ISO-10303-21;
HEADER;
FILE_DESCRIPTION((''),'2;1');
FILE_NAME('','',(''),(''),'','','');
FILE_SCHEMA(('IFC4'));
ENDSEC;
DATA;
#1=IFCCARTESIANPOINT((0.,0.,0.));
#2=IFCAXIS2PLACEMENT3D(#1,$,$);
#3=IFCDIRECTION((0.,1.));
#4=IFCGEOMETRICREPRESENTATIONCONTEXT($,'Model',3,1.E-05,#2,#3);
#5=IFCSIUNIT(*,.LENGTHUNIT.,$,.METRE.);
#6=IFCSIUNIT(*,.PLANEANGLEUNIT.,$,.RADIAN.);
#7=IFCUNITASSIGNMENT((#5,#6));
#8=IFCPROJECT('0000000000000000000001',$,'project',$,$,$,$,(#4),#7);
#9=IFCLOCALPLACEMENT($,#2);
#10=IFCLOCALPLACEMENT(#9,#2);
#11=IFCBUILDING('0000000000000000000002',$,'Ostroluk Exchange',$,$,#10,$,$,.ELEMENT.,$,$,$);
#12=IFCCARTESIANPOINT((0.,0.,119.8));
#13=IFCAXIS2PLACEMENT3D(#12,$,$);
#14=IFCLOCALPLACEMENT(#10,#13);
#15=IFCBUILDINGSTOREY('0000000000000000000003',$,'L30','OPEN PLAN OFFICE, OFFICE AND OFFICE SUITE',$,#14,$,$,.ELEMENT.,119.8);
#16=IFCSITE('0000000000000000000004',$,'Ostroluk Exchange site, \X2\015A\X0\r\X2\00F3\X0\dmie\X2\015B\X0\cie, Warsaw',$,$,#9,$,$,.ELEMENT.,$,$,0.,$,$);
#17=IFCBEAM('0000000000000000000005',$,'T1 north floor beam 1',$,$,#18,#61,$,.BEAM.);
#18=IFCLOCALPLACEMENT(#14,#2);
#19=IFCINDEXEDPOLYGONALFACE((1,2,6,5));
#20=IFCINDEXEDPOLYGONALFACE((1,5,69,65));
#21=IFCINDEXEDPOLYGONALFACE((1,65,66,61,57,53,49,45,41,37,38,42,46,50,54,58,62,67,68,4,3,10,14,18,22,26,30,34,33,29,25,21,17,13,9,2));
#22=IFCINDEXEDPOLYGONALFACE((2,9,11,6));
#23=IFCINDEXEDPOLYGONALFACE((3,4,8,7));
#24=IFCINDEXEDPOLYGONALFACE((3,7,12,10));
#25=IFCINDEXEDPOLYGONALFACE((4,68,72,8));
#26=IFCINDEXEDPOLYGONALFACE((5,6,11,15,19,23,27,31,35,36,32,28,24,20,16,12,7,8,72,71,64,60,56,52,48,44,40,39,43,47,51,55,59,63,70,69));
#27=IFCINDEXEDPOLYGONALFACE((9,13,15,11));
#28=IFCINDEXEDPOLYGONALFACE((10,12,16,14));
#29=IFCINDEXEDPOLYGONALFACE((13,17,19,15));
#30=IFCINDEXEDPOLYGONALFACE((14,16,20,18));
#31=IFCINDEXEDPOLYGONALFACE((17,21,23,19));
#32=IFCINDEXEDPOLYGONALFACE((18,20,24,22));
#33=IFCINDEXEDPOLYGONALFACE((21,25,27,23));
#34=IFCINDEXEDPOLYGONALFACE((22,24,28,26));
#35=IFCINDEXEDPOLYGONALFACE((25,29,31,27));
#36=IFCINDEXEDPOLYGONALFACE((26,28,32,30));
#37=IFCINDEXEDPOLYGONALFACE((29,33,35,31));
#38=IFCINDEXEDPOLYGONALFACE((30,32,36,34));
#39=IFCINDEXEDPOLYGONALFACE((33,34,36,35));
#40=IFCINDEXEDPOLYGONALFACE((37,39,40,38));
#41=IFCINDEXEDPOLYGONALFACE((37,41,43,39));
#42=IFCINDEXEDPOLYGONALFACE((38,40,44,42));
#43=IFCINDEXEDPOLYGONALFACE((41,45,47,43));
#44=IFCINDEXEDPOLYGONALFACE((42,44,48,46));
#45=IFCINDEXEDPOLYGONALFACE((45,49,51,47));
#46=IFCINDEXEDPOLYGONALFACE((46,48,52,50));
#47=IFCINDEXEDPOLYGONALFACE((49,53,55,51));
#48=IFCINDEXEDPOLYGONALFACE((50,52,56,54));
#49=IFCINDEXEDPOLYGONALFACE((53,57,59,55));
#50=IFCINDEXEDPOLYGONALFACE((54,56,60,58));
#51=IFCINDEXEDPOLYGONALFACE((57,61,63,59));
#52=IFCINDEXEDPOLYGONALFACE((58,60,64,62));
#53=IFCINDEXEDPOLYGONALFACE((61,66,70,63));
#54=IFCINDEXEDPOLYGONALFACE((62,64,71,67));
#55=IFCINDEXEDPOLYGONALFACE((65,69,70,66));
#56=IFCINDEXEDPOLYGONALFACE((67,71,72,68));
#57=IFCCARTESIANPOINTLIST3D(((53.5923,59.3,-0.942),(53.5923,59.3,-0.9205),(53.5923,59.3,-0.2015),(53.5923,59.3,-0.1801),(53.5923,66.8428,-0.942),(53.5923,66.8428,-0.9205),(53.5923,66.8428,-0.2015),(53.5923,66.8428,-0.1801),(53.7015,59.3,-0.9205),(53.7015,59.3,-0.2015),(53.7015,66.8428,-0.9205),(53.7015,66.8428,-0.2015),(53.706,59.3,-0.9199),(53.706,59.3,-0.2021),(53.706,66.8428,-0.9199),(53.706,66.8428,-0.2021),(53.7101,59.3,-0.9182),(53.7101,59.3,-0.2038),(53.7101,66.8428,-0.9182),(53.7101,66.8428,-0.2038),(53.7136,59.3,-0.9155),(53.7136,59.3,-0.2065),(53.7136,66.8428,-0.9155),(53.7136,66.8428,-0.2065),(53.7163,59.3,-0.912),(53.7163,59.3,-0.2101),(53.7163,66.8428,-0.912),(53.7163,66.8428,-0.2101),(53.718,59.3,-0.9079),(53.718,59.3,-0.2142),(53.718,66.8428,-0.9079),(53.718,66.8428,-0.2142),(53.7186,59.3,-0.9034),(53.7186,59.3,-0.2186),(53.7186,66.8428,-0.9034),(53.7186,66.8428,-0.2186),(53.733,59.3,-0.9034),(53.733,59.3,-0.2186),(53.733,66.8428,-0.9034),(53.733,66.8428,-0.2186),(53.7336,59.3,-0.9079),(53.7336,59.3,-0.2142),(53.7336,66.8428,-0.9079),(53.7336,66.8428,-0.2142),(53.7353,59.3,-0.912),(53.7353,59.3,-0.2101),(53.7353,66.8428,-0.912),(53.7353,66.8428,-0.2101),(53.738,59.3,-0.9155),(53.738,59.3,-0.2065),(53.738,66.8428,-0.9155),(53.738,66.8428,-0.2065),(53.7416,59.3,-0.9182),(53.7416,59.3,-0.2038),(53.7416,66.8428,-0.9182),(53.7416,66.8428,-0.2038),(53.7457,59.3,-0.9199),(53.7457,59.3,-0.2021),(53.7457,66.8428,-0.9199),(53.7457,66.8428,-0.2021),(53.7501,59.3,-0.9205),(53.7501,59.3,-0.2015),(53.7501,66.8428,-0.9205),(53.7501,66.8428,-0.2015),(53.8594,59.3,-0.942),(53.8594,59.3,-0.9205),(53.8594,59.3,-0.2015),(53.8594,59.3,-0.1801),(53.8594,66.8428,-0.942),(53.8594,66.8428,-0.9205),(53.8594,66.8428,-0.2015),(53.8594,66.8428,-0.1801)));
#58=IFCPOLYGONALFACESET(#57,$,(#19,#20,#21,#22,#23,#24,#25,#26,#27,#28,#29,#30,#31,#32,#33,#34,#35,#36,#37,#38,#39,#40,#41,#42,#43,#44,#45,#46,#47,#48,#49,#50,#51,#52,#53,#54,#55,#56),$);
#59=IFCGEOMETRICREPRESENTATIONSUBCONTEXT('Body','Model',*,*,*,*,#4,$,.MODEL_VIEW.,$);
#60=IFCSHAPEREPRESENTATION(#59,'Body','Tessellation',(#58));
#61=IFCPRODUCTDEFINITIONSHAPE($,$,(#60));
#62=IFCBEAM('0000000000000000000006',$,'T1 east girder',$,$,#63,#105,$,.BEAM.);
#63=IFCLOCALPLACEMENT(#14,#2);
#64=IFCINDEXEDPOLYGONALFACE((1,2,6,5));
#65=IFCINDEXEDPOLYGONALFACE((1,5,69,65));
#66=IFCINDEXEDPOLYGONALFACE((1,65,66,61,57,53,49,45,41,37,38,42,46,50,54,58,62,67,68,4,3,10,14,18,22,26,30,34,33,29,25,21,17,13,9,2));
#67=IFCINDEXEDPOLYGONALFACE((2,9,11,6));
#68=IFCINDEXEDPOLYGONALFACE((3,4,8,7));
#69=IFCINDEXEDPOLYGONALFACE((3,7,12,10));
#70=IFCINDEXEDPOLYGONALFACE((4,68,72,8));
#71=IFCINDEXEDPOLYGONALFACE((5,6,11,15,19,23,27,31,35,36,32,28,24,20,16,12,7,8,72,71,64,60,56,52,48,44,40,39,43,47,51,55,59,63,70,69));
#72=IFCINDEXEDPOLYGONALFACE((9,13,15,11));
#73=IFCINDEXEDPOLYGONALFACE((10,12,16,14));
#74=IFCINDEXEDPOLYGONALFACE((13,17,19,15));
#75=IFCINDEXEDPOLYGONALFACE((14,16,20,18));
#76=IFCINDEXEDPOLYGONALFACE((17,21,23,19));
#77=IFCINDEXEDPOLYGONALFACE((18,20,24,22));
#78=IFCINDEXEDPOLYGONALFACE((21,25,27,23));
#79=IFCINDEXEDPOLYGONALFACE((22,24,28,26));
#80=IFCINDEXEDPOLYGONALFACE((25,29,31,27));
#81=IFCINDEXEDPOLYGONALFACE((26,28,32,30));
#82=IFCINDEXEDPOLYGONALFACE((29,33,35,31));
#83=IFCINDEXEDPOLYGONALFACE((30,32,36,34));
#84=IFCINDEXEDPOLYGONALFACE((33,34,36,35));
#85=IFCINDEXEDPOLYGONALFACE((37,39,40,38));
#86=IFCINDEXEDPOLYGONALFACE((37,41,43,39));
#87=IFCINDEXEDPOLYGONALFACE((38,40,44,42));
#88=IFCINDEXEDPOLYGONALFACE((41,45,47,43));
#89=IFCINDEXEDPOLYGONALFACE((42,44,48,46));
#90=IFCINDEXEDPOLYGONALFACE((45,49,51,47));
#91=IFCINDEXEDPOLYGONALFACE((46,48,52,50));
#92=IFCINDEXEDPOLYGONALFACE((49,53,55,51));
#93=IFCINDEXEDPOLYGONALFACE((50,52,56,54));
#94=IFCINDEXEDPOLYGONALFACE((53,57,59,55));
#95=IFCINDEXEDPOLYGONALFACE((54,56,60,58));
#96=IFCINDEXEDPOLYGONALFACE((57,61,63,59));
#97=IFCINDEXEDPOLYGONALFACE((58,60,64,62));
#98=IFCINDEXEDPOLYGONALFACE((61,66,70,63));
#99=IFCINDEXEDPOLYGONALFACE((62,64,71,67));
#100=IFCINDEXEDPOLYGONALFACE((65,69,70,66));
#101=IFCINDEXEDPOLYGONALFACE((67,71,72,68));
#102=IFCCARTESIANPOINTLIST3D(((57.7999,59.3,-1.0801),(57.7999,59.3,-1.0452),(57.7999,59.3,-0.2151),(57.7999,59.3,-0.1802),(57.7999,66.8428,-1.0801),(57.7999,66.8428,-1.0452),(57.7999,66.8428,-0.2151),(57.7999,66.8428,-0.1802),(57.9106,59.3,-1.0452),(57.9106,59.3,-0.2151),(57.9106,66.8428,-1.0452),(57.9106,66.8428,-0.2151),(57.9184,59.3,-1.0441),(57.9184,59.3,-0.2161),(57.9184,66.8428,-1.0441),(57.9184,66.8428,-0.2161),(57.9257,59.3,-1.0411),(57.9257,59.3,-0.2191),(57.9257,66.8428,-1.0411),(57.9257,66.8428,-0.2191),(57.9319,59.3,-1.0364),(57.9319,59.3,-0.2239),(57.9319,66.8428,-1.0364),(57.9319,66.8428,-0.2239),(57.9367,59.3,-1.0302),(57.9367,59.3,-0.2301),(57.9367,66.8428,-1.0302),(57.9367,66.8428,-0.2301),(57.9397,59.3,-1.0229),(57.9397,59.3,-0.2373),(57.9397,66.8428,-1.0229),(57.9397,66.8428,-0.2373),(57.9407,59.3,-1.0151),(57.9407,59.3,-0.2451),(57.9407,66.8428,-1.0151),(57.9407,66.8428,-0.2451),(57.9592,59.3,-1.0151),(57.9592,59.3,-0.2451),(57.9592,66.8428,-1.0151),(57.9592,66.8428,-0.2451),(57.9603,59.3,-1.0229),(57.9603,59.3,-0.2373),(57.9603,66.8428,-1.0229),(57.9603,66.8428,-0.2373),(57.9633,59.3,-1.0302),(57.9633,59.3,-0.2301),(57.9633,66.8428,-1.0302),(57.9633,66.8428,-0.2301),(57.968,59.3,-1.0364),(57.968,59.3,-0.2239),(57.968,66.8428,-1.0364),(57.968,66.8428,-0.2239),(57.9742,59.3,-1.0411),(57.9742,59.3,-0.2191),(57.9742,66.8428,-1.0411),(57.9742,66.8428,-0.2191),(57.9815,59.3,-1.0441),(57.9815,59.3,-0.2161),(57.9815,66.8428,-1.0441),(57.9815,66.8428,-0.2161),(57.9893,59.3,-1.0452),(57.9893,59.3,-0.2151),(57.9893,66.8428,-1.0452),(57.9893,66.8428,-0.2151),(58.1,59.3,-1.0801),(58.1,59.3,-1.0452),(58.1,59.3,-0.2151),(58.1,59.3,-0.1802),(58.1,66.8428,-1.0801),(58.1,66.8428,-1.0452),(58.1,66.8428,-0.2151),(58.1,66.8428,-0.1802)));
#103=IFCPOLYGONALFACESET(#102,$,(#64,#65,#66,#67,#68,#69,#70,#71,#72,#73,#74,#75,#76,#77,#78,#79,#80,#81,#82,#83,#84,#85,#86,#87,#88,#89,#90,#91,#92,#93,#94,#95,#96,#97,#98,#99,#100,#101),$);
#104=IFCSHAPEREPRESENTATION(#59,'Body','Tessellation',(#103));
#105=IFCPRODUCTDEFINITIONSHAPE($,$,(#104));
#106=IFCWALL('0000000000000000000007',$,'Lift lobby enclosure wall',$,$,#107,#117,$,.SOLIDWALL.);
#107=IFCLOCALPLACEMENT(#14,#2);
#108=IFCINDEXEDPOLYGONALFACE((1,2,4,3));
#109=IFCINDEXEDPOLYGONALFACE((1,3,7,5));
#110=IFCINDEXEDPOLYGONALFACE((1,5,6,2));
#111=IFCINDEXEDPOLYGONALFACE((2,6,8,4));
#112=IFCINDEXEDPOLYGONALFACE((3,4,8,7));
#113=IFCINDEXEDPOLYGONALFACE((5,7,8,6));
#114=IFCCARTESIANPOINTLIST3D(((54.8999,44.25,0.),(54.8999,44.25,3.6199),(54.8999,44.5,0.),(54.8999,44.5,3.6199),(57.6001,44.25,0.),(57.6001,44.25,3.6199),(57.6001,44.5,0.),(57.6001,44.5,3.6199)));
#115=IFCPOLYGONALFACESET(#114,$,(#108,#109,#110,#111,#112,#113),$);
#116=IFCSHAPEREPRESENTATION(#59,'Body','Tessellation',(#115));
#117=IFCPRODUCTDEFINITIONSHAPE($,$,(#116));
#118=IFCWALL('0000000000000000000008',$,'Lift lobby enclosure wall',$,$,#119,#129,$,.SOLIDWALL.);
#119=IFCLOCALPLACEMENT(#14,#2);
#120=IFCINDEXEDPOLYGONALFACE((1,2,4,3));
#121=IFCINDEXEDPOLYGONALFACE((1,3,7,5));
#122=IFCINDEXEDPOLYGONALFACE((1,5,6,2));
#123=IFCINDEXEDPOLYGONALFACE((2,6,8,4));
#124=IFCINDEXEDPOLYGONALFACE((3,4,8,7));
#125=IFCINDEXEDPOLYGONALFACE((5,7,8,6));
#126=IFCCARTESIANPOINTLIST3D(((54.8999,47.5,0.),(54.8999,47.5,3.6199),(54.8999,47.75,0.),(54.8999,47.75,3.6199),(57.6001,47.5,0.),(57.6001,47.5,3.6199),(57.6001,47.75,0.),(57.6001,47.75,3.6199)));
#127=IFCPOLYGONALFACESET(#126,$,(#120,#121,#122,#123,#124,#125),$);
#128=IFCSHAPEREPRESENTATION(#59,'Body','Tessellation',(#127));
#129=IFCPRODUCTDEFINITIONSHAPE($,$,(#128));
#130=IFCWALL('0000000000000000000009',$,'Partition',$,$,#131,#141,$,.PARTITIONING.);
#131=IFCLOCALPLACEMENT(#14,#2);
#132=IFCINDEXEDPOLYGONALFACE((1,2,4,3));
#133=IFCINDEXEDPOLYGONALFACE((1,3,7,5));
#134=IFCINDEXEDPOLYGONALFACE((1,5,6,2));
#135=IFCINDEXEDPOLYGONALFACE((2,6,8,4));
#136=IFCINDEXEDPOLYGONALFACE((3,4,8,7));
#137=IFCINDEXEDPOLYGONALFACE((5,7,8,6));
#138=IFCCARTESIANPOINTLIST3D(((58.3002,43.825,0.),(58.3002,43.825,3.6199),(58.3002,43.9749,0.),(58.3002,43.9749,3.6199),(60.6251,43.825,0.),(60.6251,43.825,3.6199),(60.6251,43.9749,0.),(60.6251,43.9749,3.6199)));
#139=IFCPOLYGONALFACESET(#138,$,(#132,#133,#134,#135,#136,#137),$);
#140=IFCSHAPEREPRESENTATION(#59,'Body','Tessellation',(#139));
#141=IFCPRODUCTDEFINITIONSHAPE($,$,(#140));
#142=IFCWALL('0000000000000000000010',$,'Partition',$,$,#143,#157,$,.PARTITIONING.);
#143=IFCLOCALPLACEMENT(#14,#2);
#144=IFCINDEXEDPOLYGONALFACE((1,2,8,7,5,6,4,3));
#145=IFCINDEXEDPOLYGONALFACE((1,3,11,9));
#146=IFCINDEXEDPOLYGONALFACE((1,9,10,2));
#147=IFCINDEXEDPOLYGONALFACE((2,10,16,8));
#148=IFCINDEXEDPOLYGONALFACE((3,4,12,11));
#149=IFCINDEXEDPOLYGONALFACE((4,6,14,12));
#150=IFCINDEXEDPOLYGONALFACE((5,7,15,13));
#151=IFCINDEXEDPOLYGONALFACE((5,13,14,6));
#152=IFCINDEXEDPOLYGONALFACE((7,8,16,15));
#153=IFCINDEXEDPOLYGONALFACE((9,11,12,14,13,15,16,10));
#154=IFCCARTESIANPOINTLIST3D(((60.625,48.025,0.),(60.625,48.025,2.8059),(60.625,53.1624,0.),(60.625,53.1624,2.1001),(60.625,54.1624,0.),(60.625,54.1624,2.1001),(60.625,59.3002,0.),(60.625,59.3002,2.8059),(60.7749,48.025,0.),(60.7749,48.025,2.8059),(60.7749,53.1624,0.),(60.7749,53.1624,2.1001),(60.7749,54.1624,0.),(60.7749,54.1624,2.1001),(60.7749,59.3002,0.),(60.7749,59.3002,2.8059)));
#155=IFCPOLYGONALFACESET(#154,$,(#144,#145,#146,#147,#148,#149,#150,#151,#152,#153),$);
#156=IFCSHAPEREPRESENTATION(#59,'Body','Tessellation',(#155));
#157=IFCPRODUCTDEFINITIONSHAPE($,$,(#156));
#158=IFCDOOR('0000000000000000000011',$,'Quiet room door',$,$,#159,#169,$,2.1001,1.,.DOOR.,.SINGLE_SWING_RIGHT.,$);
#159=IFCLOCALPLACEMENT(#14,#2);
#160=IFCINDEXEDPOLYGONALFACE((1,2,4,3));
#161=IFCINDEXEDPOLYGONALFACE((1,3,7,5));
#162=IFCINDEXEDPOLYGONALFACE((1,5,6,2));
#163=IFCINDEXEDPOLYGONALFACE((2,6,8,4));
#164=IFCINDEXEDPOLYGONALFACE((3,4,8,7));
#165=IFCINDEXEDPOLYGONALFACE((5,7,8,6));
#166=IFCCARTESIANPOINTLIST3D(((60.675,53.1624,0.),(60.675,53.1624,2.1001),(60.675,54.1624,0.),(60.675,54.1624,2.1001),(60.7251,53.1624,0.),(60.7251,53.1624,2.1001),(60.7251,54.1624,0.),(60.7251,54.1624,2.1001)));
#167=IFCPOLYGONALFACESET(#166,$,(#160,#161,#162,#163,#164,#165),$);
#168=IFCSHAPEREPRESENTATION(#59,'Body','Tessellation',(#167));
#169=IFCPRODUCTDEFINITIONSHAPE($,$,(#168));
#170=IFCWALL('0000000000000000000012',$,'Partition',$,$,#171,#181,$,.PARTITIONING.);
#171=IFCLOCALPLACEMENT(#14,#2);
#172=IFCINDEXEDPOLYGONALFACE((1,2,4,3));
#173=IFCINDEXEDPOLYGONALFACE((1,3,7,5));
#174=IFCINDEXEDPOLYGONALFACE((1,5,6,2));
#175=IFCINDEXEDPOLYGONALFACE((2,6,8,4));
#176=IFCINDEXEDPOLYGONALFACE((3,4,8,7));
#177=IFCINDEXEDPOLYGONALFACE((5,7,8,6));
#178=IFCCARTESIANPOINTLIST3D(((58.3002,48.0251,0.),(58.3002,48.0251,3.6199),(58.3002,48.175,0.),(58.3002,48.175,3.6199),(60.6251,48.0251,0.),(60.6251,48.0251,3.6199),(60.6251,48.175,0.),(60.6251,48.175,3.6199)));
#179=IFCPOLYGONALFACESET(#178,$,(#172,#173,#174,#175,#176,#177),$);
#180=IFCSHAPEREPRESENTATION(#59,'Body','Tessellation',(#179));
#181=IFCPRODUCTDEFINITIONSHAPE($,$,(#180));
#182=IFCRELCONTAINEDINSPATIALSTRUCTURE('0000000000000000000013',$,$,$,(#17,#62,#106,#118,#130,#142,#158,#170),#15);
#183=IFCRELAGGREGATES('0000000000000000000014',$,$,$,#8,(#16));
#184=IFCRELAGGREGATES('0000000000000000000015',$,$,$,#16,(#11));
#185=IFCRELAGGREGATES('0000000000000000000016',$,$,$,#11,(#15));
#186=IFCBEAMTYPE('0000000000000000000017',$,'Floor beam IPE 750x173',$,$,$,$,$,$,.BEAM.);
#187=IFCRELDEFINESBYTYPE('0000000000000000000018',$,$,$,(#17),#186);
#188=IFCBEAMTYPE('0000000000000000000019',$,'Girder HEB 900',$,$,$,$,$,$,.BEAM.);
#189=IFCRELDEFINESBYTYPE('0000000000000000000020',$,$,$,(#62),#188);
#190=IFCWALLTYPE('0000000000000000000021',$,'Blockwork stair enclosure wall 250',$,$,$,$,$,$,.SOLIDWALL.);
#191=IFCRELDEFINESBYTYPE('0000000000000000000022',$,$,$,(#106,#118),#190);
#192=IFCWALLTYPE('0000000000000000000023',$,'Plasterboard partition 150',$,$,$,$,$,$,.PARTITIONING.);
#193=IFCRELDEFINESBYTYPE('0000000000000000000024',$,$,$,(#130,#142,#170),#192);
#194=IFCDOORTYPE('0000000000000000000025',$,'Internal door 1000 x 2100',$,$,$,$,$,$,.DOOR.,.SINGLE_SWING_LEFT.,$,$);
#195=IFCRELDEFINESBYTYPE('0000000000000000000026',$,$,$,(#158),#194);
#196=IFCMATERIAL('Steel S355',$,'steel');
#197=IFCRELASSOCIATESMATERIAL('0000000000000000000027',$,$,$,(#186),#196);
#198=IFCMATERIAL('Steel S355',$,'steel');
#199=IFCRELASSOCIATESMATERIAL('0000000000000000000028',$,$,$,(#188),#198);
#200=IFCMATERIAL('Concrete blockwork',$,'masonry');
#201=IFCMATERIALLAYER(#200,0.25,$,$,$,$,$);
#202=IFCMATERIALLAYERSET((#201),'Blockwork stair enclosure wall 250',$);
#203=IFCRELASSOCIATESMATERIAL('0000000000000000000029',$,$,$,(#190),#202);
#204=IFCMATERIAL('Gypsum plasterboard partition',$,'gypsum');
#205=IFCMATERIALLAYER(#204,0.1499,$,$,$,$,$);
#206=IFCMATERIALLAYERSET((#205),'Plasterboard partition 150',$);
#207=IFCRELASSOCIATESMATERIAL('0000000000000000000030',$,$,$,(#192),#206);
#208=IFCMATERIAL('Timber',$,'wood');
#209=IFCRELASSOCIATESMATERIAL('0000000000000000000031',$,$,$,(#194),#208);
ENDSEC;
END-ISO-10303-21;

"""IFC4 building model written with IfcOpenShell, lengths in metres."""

from ifc_helpers import new_model, si_unit, direction, frame, frame_2d, origin, origin_2d, place, context, subcontext, project, spatial, rectangle, i_section, extrude, material, layer, layer_set, material_profile, profile_set, type_object, element, fill, save


model = new_model("IFC4")

# Units and contexts
model_context = context("Model", 3, precision=1e-05, world=origin(), true_north=direction((0.0, 1.0)))
body_context = subcontext(model_context, "Body", "Model", "MODEL_VIEW")
ifc_project = project(units=[si_unit("LENGTHUNIT", "METRE"), si_unit("PLANEANGLEUNIT", "RADIAN")], contexts=[model_context])

# Site, building, storey
site_placement = place(None, origin())
site = spatial("IfcSite", under=ifc_project, at=site_placement, Name="Ostroluk Exchange site, Śródmieście, Warsaw", CompositionType="ELEMENT", RefElevation=0.0)
building_placement = place(site_placement, origin())
building = spatial("IfcBuilding", under=site, at=building_placement, Name="Ostroluk Exchange", CompositionType="ELEMENT")
storey_placement = place(building_placement, frame((0.0, 0.0, 119.8)))
storey = spatial("IfcBuildingStorey", under=building, at=storey_placement, Name="L30", Description="OPEN PLAN OFFICE, OFFICE AND OFFICE SUITE", CompositionType="ELEMENT", Elevation=119.8)

# Beams
ifc_material_1 = material(Name="Steel S355", Category="steel")
ifc_material_profile_1 = material_profile(ifc_material_1, i_section(OverallWidth=0.2671, OverallDepth=0.762, WebThickness=0.0144, FlangeThickness=0.0215, FilletRadius=0.0171, at=origin_2d()), Name="IPE 750x173")
ifc_profile_set_1 = profile_set([ifc_material_profile_1], Name="Steel S355")
beam_type_1 = type_object("IfcBeamType", Name="Floor beam IPE 750x173", PredefinedType="BEAM", material=ifc_profile_set_1)
for number, where, z_axis, x_axis, name in (
    (1, (53.7258, 59.3, -0.561), (0.0, 1.0, 0.0), (-1.0, 0.0, 0.0), "T1 north floor beam 1"),
):
    element("IfcBeam", number, at=place(storey_placement, frame(where, z_axis=z_axis, x_axis=x_axis)), inside=storey, type_object=beam_type_1, Name=name, PredefinedType="BEAM", context=body_context, shape_type="SweptSolid", body=[
        extrude(i_section(OverallWidth=0.2671, OverallDepth=0.762, WebThickness=0.0144, FlangeThickness=0.0215, FilletRadius=0.0171, at=origin_2d()), origin(), (0.0, 0.0, 1.0), 7.5427),
    ])
ifc_material_2 = material(Name="Steel S355", Category="steel")
ifc_material_profile_2 = material_profile(ifc_material_2, i_section(OverallWidth=0.3, OverallDepth=0.8999, WebThickness=0.0186, FlangeThickness=0.0349, FilletRadius=0.03, at=origin_2d()), Name="HEB 900")
ifc_profile_set_2 = profile_set([ifc_material_profile_2], Name="Steel S355")
beam_type_2 = type_object("IfcBeamType", Name="Girder HEB 900", PredefinedType="BEAM", material=ifc_profile_set_2)
beam_1_placement = place(storey_placement, frame((57.95, 59.3, -0.6301), z_axis=(0.0, 1.0, 0.0), x_axis=(-1.0, 0.0, 0.0)))
element("IfcBeam", 2, at=beam_1_placement, inside=storey, type_object=beam_type_2, Name="T1 east girder", PredefinedType="BEAM", context=body_context, shape_type="SweptSolid", body=[
    extrude(i_section(OverallWidth=0.3, OverallDepth=0.8999, WebThickness=0.0186, FlangeThickness=0.0349, FilletRadius=0.03, at=origin_2d()), origin(), (0.0, 0.0, 1.0), 7.5427),
])

# Walls
ifc_material_3 = material(Name="Concrete blockwork", Category="masonry")
ifc_layer_1 = layer(ifc_material_3, 0.25)
ifc_layer_set_1 = layer_set([ifc_layer_1], Name="Blockwork stair enclosure wall 250")
wall_type_1 = type_object("IfcWallType", Name="Blockwork stair enclosure wall 250", PredefinedType="SOLIDWALL", material=ifc_layer_set_1)
for number, where, z_axis, x_axis, name in (
    (3, (54.8999, 44.375, 0.0), (0.0, 0.0, 1.0), (1.0, 0.0, 0.0), "Lift lobby enclosure wall"),
    (4, (54.8999, 47.625, 0.0), (0.0, 0.0, 1.0), (1.0, 0.0, 0.0), "Lift lobby enclosure wall"),
):
    element("IfcWall", number, at=place(storey_placement, frame(where, z_axis=z_axis, x_axis=x_axis)), inside=storey, type_object=wall_type_1, Name=name, PredefinedType="SOLIDWALL", context=body_context, shape_type="SweptSolid", body=[
        extrude(rectangle(XDim=2.7002, YDim=0.25, at=frame_2d((1.3501, 0.0))), origin(), (0.0, 0.0, 1.0), 3.6199),
    ])
ifc_material_4 = material(Name="Gypsum plasterboard partition", Category="gypsum")
ifc_layer_2 = layer(ifc_material_4, 0.1499)
ifc_layer_set_2 = layer_set([ifc_layer_2], Name="Plasterboard partition 150")
wall_type_2 = type_object("IfcWallType", Name="Plasterboard partition 150", PredefinedType="PARTITIONING", material=ifc_layer_set_2)
wall_1_placement = place(storey_placement, frame((58.3, 43.8999, 0.0), z_axis=(0.0, 0.0, 1.0), x_axis=(1.0, 0.0, 0.0)))
element("IfcWall", 5, at=wall_1_placement, inside=storey, type_object=wall_type_2, Name="Partition", PredefinedType="PARTITIONING", context=body_context, shape_type="SweptSolid", body=[
    extrude(rectangle(XDim=2.325, YDim=0.1499, at=frame_2d((1.1626, 0.0))), origin(), (0.0, 0.0, 1.0), 3.6199),
])

# Wall, opening, door
wall_2_placement = place(storey_placement, frame((60.7, 48.0249, 0.0), z_axis=(0.0, 0.0, 1.0), x_axis=(0.0, 1.0, 0.0)))
wall_2 = element("IfcWall", 6, at=wall_2_placement, inside=storey, type_object=wall_type_2, Name="Partition", PredefinedType="PARTITIONING", context=body_context, shape_type="SweptSolid", body=[
    extrude(rectangle(XDim=11.2751, YDim=0.1499, at=frame_2d((5.6377, 0.0))), origin(), (0.0, 0.0, 1.0), 2.8059),
])
opening_placement = place(wall_2_placement, frame((5.1375, 0.0, 0.0)))
opening = element("IfcOpeningElement", 7, at=opening_placement, cuts=wall_2, PredefinedType="OPENING", context=body_context, shape_type="SweptSolid", body=[
    extrude(rectangle(XDim=1.0, YDim=2.1001, at=frame_2d((0.5, 1.05))), frame((0.0, 0.085, 0.0), z_axis=(0.0, -1.0, 0.0), x_axis=(1.0, 0.0, 0.0)), (0.0, 0.0, 1.0), 0.1699),
])
ifc_material_5 = material(Name="Timber", Category="wood")
door_type = type_object("IfcDoorType", Name="Internal door 1000 x 2100", OperationType="SINGLE_SWING_LEFT", PredefinedType="DOOR", material=ifc_material_5)
door_placement = place(opening_placement, origin())
door = element("IfcDoor", 8, at=door_placement, inside=storey, type_object=door_type, Name="Quiet room door", OperationType="SINGLE_SWING_RIGHT", OverallHeight=2.1001, OverallWidth=1.0, PredefinedType="DOOR", context=body_context, shape_type="SweptSolid", body=[
    extrude(rectangle(XDim=1.0, YDim=2.1001, at=frame_2d((0.5, 1.05))), frame((0.0, 0.0249, 0.0), z_axis=(0.0, -1.0, 0.0), x_axis=(1.0, 0.0, 0.0)), (0.0, 0.0, 1.0), 0.05),
])
fill(opening, door)

# Wall
for number, where, z_axis, x_axis, name in (
    (9, (58.3, 48.1001, 0.0), (0.0, 0.0, 1.0), (1.0, 0.0, 0.0), "Partition"),
):
    element("IfcWall", number, at=place(storey_placement, frame(where, z_axis=z_axis, x_axis=x_axis)), inside=storey, type_object=wall_type_2, Name=name, PredefinedType="PARTITIONING", context=body_context, shape_type="SweptSolid", body=[
        extrude(rectangle(XDim=2.325, YDim=0.1499, at=frame_2d((1.1626, 0.0))), origin(), (0.0, 0.0, 1.0), 3.6199),
    ])

save(model, "model.ifc")
